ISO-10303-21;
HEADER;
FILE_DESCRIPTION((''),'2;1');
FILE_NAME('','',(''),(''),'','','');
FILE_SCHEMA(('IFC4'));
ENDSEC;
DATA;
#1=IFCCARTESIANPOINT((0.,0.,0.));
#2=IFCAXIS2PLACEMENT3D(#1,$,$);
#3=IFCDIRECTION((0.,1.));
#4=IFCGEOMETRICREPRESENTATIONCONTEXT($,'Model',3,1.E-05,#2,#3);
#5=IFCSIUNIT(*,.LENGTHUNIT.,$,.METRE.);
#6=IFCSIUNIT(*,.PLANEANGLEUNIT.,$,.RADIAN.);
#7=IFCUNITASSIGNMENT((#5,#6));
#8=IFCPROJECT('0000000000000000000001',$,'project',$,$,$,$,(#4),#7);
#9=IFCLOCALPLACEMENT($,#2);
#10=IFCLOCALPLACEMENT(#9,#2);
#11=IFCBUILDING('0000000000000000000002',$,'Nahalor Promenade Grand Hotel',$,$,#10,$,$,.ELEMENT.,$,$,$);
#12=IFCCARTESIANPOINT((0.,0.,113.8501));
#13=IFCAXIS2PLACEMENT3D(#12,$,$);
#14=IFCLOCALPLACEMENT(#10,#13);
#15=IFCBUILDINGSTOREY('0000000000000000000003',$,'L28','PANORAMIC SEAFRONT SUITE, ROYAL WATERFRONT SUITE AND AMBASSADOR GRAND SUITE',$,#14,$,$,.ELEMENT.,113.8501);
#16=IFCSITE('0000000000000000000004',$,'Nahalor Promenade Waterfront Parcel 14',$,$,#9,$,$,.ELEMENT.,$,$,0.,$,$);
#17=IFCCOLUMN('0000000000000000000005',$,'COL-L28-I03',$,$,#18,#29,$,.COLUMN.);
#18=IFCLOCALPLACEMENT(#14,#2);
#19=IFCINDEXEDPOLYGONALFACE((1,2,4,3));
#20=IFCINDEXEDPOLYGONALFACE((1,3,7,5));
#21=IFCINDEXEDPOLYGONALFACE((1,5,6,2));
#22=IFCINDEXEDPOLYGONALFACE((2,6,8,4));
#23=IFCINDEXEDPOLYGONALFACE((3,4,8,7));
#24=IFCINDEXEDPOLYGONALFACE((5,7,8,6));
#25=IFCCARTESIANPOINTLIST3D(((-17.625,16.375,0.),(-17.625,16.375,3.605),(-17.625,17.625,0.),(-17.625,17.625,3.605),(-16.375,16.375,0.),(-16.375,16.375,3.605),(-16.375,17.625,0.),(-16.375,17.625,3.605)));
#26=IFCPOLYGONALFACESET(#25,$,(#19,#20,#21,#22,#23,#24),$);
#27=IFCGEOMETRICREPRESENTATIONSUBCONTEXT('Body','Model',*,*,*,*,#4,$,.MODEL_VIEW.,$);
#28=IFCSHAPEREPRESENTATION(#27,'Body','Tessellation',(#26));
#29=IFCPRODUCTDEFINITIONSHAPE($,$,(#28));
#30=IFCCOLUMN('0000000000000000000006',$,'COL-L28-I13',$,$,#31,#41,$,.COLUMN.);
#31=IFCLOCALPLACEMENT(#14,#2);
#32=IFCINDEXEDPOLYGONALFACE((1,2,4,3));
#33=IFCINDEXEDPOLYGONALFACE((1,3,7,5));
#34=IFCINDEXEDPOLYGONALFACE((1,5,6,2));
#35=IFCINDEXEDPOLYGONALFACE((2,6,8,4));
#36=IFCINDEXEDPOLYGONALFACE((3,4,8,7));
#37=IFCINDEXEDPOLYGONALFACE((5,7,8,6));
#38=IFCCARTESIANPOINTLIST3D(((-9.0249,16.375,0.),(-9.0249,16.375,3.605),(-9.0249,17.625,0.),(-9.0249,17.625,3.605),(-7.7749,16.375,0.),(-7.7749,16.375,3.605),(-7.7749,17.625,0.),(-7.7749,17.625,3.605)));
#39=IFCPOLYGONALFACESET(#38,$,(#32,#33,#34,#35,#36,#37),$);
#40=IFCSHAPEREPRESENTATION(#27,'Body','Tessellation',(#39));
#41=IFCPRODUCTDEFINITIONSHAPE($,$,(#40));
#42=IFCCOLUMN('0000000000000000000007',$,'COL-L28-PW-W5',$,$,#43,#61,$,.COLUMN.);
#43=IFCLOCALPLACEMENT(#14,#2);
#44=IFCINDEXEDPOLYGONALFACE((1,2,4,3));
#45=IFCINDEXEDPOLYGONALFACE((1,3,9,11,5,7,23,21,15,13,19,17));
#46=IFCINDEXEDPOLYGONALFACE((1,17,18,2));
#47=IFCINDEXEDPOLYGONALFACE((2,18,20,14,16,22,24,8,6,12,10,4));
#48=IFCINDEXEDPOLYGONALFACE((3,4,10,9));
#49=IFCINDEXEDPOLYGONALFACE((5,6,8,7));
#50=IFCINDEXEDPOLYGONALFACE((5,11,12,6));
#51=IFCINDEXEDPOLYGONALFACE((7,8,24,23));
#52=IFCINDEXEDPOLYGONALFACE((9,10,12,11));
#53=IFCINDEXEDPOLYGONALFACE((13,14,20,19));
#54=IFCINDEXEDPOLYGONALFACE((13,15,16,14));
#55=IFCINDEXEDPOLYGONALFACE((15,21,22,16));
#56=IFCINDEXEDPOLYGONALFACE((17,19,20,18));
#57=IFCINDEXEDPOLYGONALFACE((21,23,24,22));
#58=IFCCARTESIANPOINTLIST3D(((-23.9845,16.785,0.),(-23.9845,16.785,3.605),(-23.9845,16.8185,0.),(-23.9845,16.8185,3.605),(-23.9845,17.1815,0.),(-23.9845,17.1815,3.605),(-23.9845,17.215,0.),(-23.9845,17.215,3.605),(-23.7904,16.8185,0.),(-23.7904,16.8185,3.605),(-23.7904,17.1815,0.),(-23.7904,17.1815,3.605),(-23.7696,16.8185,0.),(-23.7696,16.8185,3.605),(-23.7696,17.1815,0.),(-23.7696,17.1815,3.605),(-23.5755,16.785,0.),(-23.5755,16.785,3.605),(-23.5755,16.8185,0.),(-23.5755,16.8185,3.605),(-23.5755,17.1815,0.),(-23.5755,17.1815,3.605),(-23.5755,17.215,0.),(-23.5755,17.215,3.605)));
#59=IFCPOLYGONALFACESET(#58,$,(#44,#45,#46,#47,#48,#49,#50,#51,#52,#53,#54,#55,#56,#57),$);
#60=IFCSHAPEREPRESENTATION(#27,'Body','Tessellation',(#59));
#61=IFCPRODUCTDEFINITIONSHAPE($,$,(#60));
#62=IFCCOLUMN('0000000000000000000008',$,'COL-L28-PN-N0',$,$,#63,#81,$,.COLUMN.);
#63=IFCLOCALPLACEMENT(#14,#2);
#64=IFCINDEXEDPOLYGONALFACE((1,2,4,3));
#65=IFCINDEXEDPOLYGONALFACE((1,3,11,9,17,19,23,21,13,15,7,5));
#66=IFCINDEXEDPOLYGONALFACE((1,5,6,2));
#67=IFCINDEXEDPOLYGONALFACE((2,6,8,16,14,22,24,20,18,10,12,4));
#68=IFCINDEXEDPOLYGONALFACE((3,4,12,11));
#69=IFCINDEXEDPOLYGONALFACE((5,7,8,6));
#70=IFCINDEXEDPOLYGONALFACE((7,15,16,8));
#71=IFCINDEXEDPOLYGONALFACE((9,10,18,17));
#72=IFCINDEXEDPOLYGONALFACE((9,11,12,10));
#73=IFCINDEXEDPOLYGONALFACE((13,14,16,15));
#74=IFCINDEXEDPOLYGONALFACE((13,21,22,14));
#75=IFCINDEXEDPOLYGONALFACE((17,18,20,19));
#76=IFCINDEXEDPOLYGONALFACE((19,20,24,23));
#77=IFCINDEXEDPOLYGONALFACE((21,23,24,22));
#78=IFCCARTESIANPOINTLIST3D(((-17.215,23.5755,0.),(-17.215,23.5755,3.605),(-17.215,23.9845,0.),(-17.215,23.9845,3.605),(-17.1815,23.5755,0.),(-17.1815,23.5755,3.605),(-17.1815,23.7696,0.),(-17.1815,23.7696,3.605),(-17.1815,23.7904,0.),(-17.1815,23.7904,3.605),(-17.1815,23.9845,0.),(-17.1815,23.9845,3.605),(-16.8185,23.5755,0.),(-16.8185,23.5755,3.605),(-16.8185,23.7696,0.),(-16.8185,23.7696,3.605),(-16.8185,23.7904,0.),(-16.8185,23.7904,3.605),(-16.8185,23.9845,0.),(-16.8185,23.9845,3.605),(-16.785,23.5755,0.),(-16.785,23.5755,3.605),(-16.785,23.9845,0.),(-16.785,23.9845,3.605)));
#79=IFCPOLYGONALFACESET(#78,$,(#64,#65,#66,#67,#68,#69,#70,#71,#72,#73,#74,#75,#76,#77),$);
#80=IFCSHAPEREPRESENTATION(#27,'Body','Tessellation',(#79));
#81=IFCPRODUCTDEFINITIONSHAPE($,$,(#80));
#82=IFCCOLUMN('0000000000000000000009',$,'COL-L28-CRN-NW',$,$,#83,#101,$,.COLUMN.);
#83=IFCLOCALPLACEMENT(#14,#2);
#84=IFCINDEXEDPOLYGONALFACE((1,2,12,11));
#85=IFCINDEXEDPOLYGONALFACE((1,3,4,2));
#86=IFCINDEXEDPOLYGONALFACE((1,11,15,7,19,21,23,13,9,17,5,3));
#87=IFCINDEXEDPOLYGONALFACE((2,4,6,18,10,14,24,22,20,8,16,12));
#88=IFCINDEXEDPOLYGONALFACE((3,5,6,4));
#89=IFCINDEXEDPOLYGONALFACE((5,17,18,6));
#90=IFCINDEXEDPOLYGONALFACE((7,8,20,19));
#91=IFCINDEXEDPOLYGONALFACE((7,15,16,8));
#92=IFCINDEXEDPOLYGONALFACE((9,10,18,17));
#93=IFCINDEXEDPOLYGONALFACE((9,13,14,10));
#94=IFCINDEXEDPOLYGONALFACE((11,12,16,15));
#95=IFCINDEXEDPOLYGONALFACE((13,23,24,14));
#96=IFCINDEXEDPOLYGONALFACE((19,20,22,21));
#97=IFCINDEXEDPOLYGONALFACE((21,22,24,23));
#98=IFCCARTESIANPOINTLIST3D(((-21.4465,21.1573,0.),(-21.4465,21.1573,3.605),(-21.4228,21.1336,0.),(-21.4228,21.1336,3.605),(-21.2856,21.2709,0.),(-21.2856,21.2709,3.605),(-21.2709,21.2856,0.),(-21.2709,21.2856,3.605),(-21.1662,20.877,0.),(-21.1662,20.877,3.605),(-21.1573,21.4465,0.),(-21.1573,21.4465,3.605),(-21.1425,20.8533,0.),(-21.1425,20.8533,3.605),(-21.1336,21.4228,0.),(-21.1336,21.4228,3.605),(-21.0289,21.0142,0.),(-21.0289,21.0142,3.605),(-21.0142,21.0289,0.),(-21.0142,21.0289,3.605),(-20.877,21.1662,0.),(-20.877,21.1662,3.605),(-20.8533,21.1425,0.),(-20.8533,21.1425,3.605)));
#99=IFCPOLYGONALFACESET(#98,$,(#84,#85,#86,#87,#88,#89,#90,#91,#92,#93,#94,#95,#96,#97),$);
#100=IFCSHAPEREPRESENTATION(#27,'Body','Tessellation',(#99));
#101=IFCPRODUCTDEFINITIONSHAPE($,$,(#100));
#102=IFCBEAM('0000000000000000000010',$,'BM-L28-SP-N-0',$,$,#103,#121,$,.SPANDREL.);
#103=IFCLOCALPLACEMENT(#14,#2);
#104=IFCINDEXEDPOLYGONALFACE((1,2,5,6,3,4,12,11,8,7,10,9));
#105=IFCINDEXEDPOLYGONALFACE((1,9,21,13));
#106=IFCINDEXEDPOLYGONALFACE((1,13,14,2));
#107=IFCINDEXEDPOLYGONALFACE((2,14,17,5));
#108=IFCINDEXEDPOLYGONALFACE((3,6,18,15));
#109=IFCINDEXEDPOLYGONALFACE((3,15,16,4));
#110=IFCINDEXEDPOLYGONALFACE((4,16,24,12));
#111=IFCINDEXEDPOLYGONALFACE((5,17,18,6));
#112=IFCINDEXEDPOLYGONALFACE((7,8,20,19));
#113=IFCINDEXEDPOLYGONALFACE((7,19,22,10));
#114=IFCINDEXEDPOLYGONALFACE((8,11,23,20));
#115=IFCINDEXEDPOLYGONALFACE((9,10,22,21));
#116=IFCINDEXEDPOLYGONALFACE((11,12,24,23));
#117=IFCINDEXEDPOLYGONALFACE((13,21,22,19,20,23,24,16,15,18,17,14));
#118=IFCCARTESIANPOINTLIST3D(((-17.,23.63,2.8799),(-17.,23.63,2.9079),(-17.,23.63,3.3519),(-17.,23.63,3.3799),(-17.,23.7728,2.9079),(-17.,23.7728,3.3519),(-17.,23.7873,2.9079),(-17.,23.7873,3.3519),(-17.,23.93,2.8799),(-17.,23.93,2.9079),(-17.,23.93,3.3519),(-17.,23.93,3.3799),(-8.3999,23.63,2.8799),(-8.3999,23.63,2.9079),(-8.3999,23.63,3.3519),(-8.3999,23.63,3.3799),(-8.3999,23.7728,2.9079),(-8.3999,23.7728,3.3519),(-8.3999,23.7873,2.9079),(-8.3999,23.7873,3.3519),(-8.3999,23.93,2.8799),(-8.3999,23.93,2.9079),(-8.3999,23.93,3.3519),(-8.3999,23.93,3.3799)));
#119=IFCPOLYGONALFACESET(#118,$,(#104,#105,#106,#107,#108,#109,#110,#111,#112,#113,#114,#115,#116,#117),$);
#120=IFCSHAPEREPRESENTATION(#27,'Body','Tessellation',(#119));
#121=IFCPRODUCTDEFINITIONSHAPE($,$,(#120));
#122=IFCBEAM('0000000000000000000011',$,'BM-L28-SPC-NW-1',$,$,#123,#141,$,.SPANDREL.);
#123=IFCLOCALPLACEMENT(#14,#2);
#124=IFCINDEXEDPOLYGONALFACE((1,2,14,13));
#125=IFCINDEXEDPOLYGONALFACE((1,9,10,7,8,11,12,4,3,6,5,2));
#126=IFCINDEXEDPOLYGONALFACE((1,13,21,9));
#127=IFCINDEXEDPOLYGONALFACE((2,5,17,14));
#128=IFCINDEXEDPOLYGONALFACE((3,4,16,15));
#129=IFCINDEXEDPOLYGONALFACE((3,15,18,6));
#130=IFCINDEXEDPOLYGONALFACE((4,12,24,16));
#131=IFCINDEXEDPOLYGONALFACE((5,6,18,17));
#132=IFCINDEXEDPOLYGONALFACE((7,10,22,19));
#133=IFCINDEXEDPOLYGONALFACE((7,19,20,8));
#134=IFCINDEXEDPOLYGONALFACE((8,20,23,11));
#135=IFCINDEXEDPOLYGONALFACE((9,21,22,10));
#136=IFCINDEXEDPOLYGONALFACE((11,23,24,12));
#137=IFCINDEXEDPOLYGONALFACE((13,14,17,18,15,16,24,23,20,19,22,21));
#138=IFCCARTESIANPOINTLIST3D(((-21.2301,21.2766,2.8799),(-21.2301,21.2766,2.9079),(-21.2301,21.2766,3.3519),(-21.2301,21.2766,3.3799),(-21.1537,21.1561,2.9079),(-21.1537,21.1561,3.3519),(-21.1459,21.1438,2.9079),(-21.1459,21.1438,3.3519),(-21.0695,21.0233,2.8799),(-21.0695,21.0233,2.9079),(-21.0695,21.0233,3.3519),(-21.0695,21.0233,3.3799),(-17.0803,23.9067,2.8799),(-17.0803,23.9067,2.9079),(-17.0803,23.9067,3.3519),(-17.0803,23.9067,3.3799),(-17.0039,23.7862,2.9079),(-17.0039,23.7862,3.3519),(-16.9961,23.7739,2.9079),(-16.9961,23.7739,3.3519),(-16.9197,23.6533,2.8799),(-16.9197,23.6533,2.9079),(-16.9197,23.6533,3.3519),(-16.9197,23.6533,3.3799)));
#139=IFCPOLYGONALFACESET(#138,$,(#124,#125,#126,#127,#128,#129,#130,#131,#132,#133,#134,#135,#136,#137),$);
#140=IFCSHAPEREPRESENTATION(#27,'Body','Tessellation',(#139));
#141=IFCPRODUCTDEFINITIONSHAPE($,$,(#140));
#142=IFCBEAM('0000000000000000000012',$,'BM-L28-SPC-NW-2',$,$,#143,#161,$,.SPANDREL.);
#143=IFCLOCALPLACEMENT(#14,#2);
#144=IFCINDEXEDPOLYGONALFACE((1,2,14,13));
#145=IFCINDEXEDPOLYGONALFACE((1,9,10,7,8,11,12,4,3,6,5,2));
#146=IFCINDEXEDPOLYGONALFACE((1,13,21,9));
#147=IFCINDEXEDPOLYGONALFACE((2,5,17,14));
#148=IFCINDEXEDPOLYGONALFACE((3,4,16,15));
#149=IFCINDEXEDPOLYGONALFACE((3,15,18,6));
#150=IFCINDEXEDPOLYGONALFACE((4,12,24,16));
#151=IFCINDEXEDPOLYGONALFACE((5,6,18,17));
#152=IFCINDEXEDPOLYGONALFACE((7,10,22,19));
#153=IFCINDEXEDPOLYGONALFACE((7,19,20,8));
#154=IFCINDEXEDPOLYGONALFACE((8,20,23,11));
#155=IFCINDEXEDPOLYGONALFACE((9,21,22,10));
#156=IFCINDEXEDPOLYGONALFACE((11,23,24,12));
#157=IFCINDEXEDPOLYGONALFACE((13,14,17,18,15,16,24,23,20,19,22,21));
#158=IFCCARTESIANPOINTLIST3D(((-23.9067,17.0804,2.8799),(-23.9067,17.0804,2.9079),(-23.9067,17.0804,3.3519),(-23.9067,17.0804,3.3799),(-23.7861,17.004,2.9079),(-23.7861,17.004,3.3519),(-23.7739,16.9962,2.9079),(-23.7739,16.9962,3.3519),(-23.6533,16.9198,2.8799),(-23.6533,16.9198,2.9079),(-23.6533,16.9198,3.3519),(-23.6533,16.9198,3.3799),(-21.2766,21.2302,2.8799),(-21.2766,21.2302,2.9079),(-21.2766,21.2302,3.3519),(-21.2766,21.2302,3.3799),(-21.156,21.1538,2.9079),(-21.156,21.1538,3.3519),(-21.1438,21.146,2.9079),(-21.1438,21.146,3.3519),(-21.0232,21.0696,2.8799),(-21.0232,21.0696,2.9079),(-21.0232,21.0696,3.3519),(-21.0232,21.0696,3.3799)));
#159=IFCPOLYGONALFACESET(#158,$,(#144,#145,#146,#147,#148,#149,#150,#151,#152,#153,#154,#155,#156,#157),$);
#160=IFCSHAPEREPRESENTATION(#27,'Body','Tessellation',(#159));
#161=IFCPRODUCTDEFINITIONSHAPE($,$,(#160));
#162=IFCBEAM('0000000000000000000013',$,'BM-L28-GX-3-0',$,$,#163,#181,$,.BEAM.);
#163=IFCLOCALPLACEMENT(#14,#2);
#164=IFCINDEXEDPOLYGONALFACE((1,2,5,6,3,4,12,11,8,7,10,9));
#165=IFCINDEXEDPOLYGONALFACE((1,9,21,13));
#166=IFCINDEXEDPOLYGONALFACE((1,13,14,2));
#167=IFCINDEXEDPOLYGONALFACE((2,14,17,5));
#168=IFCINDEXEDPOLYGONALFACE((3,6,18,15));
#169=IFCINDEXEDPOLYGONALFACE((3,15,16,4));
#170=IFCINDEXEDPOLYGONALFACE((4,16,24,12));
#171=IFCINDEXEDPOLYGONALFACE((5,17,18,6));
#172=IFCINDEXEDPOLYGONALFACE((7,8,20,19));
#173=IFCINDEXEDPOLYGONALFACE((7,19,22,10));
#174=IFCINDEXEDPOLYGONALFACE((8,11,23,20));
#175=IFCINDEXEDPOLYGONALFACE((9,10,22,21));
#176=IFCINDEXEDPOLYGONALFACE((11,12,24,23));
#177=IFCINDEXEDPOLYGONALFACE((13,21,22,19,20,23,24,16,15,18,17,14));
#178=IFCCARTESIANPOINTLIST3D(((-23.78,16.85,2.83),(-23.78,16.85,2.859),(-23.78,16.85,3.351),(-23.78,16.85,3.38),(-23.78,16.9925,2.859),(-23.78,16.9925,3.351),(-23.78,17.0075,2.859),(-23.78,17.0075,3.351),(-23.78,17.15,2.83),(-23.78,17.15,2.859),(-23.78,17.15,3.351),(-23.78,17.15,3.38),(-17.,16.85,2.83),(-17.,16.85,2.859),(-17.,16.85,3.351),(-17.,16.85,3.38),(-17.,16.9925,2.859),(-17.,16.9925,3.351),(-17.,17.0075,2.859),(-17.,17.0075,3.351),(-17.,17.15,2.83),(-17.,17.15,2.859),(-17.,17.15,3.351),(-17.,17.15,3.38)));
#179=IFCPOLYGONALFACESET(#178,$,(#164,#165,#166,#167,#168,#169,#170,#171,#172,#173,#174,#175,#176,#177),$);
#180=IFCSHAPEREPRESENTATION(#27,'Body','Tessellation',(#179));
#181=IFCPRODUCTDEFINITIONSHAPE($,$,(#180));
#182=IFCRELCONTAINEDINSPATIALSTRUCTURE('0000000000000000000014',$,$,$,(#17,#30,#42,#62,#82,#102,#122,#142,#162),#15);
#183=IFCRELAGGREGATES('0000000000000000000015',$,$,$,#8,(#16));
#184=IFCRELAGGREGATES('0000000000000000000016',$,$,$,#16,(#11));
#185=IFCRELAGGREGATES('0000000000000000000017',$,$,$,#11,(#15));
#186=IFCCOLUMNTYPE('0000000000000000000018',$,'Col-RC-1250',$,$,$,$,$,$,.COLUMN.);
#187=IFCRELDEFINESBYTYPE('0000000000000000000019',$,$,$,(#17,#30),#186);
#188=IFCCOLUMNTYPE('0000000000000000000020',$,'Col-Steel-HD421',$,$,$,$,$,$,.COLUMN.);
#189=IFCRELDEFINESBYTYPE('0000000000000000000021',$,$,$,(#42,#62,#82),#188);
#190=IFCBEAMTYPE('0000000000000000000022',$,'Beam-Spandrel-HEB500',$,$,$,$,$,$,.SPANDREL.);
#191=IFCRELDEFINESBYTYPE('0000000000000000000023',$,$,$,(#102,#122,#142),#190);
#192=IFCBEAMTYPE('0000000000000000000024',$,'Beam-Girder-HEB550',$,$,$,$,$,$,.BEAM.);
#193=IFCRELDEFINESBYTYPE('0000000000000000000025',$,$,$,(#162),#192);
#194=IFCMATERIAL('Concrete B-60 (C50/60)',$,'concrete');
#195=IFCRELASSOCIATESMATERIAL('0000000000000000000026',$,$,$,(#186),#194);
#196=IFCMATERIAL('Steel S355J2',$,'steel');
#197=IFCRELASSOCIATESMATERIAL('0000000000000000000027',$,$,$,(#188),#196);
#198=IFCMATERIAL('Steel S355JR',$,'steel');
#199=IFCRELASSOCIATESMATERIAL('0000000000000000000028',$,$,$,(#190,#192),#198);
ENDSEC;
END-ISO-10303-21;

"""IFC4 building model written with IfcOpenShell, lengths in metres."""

from ifc_helpers import new_model, si_unit, direction, frame, origin, origin_2d, place, context, subcontext, project, spatial, rectangle, i_section, extrude, source, transform, mapped, material, material_profile, profile_set, type_object, element, save


model = new_model("IFC4")

# Units and contexts
model_context = context("Model", 3, precision=1e-05, world=origin(), true_north=direction((0.0, 1.0)))
body_context = subcontext(model_context, "Body", "Model", "MODEL_VIEW")
ifc_project = project(units=[si_unit("LENGTHUNIT", "METRE"), si_unit("PLANEANGLEUNIT", "RADIAN")], contexts=[model_context])

# Site, building, storey
site_placement = place(None, origin())
site = spatial("IfcSite", under=ifc_project, at=site_placement, Name="Nahalor Promenade Waterfront Parcel 14", CompositionType="ELEMENT", RefElevation=0.0)
building_placement = place(site_placement, origin())
building = spatial("IfcBuilding", under=site, at=building_placement, Name="Nahalor Promenade Grand Hotel", CompositionType="ELEMENT")
storey_placement = place(building_placement, frame((0.0, 0.0, 113.8501)))
storey = spatial("IfcBuildingStorey", under=building, at=storey_placement, Name="L28", Description="PANORAMIC SEAFRONT SUITE, ROYAL WATERFRONT SUITE AND AMBASSADOR GRAND SUITE", CompositionType="ELEMENT", Elevation=113.8501)

# Columns
ifc_material_1 = material(Name="Concrete B-60 (C50/60)", Category="concrete")
ifc_material_profile_1 = material_profile(ifc_material_1, rectangle(XDim=1.25, YDim=1.25, at=origin_2d()), Name="RC 1250x1250")
ifc_profile_set_1 = profile_set([ifc_material_profile_1], Name="Concrete B-60 (C50/60)")
column_type_1 = type_object("IfcColumnType", Name="Col-RC-1250", PredefinedType="COLUMN", material=ifc_profile_set_1)
shared_shape_1 = source(origin(), body_context, "Body", "SweptSolid", [
    extrude(rectangle(XDim=1.25, YDim=1.25, at=origin_2d()), origin(), (0.0, 0.0, 1.0), 3.605),
])
for number, where, z_axis, x_axis, name in (
    (1, (-17.0, 17.0, 0.0), (0.0, 0.0, 1.0), (1.0, 0.0, 0.0), "COL-L28-I03"),
    (2, (-8.3999, 17.0, 0.0), (0.0, 0.0, 1.0), (1.0, 0.0, 0.0), "COL-L28-I13"),
):
    element("IfcColumn", number, at=place(storey_placement, frame(where, z_axis=z_axis, x_axis=x_axis)), inside=storey, type_object=column_type_1, Name=name, PredefinedType="COLUMN", context=body_context, shape_type="MappedRepresentation", body=[
        mapped(shared_shape_1, transform((0.0, 0.0, 0.0), scale=1.0)),
    ])
ifc_material_2 = material(Name="Steel S355J2", Category="steel")
ifc_material_profile_2 = material_profile(ifc_material_2, i_section(OverallWidth=0.409, OverallDepth=0.43, WebThickness=0.0208, FlangeThickness=0.0335, at=origin_2d()), Name="HD 400x421")
ifc_profile_set_2 = profile_set([ifc_material_profile_2], Name="Steel S355J2")
column_type_2 = type_object("IfcColumnType", Name="Col-Steel-HD421", PredefinedType="COLUMN", material=ifc_profile_set_2)
shared_shape_2 = source(origin(), body_context, "Body", "SweptSolid", [
    extrude(i_section(OverallWidth=0.409, OverallDepth=0.43, WebThickness=0.0208, FlangeThickness=0.0335, at=origin_2d()), origin(), (0.0, 0.0, 1.0), 3.605),
])
for number, where, z_axis, x_axis, name in (
    (3, (-23.78, 17.0, 0.0), (0.0, 0.0, 1.0), (1.0, 0.0, 0.0), "COL-L28-PW-W5"),
    (4, (-17.0, 23.78, 0.0), (0.0, 0.0, 1.0), (0.0, 1.0, 0.0), "COL-L28-PN-N0"),
    (5, (-21.1499, 21.1499, 0.0), (0.0, 0.0, 1.0), (0.707107, 0.707107, 0.0), "COL-L28-CRN-NW"),
):
    element("IfcColumn", number, at=place(storey_placement, frame(where, z_axis=z_axis, x_axis=x_axis)), inside=storey, type_object=column_type_2, Name=name, PredefinedType="COLUMN", context=body_context, shape_type="MappedRepresentation", body=[
        mapped(shared_shape_2, transform((0.0, 0.0, 0.0), scale=1.0)),
    ])

# Beams
ifc_material_3 = material(Name="Steel S355JR", Category="steel")
ifc_material_profile_3 = material_profile(ifc_material_3, i_section(OverallWidth=0.3, OverallDepth=0.5, WebThickness=0.0145, FlangeThickness=0.028, at=origin_2d()), Name="HEB 500")
ifc_profile_set_3 = profile_set([ifc_material_profile_3], Name="Steel S355JR")
beam_type_1 = type_object("IfcBeamType", Name="Beam-Spandrel-HEB500", PredefinedType="SPANDREL", material=ifc_profile_set_3)
shared_shape_3 = source(origin(), body_context, "Body", "SweptSolid", [
    extrude(i_section(OverallWidth=0.3, OverallDepth=0.5, WebThickness=0.0145, FlangeThickness=0.028, at=origin_2d()), origin(), (0.0, 0.0, 1.0), 8.6001),
])
beam_1_placement = place(storey_placement, frame((-17.0, 23.78, 3.1299), z_axis=(1.0, 0.0, 0.0), x_axis=(0.0, 1.0, 0.0)))
element("IfcBeam", 6, at=beam_1_placement, inside=storey, type_object=beam_type_1, Name="BM-L28-SP-N-0", PredefinedType="SPANDREL", context=body_context, shape_type="MappedRepresentation", body=[
    mapped(shared_shape_3, transform((0.0, 0.0, 0.0), scale=1.0)),
])
shared_shape_4 = source(origin(), body_context, "Body", "SweptSolid", [
    extrude(i_section(OverallWidth=0.3, OverallDepth=0.5, WebThickness=0.0145, FlangeThickness=0.028, at=origin_2d()), origin(), (0.0, 0.0, 1.0), 4.9131),
])
for number, where, z_axis, x_axis, name in (
    (7, (-17.0, 23.78, 3.1299), (-0.844648, -0.535322, 0.0), (0.535322, -0.844648, 0.0), "BM-L28-SPC-NW-1"),
    (8, (-21.1499, 21.1499, 3.1299), (-0.535322, -0.844648, 0.0), (0.844648, -0.535322, 0.0), "BM-L28-SPC-NW-2"),
):
    element("IfcBeam", number, at=place(storey_placement, frame(where, z_axis=z_axis, x_axis=x_axis)), inside=storey, type_object=beam_type_1, Name=name, PredefinedType="SPANDREL", context=body_context, shape_type="MappedRepresentation", body=[
        mapped(shared_shape_4, transform((0.0, 0.0, 0.0), scale=1.0)),
    ])
ifc_material_profile_4 = material_profile(ifc_material_3, i_section(OverallWidth=0.3, OverallDepth=0.55, WebThickness=0.015, FlangeThickness=0.029, at=origin_2d()), Name="HEB 550")
ifc_profile_set_4 = profile_set([ifc_material_profile_4], Name="Steel S355JR")
beam_type_2 = type_object("IfcBeamType", Name="Beam-Girder-HEB550", PredefinedType="BEAM", material=ifc_profile_set_4)
shared_shape_5 = source(origin(), body_context, "Body", "SweptSolid", [
    extrude(i_section(OverallWidth=0.3, OverallDepth=0.55, WebThickness=0.015, FlangeThickness=0.029, at=origin_2d()), origin(), (0.0, 0.0, 1.0), 6.78),
])
for number, where, z_axis, x_axis, name in (
    (9, (-23.78, 17.0, 3.105), (1.0, 0.0, 0.0), (0.0, 1.0, 0.0), "BM-L28-GX-3-0"),
):
    element("IfcBeam", number, at=place(storey_placement, frame(where, z_axis=z_axis, x_axis=x_axis)), inside=storey, type_object=beam_type_2, Name=name, PredefinedType="BEAM", context=body_context, shape_type="MappedRepresentation", body=[
        mapped(shared_shape_5, transform((0.0, 0.0, 0.0), scale=1.0)),
    ])

save(model, "model.ifc")
